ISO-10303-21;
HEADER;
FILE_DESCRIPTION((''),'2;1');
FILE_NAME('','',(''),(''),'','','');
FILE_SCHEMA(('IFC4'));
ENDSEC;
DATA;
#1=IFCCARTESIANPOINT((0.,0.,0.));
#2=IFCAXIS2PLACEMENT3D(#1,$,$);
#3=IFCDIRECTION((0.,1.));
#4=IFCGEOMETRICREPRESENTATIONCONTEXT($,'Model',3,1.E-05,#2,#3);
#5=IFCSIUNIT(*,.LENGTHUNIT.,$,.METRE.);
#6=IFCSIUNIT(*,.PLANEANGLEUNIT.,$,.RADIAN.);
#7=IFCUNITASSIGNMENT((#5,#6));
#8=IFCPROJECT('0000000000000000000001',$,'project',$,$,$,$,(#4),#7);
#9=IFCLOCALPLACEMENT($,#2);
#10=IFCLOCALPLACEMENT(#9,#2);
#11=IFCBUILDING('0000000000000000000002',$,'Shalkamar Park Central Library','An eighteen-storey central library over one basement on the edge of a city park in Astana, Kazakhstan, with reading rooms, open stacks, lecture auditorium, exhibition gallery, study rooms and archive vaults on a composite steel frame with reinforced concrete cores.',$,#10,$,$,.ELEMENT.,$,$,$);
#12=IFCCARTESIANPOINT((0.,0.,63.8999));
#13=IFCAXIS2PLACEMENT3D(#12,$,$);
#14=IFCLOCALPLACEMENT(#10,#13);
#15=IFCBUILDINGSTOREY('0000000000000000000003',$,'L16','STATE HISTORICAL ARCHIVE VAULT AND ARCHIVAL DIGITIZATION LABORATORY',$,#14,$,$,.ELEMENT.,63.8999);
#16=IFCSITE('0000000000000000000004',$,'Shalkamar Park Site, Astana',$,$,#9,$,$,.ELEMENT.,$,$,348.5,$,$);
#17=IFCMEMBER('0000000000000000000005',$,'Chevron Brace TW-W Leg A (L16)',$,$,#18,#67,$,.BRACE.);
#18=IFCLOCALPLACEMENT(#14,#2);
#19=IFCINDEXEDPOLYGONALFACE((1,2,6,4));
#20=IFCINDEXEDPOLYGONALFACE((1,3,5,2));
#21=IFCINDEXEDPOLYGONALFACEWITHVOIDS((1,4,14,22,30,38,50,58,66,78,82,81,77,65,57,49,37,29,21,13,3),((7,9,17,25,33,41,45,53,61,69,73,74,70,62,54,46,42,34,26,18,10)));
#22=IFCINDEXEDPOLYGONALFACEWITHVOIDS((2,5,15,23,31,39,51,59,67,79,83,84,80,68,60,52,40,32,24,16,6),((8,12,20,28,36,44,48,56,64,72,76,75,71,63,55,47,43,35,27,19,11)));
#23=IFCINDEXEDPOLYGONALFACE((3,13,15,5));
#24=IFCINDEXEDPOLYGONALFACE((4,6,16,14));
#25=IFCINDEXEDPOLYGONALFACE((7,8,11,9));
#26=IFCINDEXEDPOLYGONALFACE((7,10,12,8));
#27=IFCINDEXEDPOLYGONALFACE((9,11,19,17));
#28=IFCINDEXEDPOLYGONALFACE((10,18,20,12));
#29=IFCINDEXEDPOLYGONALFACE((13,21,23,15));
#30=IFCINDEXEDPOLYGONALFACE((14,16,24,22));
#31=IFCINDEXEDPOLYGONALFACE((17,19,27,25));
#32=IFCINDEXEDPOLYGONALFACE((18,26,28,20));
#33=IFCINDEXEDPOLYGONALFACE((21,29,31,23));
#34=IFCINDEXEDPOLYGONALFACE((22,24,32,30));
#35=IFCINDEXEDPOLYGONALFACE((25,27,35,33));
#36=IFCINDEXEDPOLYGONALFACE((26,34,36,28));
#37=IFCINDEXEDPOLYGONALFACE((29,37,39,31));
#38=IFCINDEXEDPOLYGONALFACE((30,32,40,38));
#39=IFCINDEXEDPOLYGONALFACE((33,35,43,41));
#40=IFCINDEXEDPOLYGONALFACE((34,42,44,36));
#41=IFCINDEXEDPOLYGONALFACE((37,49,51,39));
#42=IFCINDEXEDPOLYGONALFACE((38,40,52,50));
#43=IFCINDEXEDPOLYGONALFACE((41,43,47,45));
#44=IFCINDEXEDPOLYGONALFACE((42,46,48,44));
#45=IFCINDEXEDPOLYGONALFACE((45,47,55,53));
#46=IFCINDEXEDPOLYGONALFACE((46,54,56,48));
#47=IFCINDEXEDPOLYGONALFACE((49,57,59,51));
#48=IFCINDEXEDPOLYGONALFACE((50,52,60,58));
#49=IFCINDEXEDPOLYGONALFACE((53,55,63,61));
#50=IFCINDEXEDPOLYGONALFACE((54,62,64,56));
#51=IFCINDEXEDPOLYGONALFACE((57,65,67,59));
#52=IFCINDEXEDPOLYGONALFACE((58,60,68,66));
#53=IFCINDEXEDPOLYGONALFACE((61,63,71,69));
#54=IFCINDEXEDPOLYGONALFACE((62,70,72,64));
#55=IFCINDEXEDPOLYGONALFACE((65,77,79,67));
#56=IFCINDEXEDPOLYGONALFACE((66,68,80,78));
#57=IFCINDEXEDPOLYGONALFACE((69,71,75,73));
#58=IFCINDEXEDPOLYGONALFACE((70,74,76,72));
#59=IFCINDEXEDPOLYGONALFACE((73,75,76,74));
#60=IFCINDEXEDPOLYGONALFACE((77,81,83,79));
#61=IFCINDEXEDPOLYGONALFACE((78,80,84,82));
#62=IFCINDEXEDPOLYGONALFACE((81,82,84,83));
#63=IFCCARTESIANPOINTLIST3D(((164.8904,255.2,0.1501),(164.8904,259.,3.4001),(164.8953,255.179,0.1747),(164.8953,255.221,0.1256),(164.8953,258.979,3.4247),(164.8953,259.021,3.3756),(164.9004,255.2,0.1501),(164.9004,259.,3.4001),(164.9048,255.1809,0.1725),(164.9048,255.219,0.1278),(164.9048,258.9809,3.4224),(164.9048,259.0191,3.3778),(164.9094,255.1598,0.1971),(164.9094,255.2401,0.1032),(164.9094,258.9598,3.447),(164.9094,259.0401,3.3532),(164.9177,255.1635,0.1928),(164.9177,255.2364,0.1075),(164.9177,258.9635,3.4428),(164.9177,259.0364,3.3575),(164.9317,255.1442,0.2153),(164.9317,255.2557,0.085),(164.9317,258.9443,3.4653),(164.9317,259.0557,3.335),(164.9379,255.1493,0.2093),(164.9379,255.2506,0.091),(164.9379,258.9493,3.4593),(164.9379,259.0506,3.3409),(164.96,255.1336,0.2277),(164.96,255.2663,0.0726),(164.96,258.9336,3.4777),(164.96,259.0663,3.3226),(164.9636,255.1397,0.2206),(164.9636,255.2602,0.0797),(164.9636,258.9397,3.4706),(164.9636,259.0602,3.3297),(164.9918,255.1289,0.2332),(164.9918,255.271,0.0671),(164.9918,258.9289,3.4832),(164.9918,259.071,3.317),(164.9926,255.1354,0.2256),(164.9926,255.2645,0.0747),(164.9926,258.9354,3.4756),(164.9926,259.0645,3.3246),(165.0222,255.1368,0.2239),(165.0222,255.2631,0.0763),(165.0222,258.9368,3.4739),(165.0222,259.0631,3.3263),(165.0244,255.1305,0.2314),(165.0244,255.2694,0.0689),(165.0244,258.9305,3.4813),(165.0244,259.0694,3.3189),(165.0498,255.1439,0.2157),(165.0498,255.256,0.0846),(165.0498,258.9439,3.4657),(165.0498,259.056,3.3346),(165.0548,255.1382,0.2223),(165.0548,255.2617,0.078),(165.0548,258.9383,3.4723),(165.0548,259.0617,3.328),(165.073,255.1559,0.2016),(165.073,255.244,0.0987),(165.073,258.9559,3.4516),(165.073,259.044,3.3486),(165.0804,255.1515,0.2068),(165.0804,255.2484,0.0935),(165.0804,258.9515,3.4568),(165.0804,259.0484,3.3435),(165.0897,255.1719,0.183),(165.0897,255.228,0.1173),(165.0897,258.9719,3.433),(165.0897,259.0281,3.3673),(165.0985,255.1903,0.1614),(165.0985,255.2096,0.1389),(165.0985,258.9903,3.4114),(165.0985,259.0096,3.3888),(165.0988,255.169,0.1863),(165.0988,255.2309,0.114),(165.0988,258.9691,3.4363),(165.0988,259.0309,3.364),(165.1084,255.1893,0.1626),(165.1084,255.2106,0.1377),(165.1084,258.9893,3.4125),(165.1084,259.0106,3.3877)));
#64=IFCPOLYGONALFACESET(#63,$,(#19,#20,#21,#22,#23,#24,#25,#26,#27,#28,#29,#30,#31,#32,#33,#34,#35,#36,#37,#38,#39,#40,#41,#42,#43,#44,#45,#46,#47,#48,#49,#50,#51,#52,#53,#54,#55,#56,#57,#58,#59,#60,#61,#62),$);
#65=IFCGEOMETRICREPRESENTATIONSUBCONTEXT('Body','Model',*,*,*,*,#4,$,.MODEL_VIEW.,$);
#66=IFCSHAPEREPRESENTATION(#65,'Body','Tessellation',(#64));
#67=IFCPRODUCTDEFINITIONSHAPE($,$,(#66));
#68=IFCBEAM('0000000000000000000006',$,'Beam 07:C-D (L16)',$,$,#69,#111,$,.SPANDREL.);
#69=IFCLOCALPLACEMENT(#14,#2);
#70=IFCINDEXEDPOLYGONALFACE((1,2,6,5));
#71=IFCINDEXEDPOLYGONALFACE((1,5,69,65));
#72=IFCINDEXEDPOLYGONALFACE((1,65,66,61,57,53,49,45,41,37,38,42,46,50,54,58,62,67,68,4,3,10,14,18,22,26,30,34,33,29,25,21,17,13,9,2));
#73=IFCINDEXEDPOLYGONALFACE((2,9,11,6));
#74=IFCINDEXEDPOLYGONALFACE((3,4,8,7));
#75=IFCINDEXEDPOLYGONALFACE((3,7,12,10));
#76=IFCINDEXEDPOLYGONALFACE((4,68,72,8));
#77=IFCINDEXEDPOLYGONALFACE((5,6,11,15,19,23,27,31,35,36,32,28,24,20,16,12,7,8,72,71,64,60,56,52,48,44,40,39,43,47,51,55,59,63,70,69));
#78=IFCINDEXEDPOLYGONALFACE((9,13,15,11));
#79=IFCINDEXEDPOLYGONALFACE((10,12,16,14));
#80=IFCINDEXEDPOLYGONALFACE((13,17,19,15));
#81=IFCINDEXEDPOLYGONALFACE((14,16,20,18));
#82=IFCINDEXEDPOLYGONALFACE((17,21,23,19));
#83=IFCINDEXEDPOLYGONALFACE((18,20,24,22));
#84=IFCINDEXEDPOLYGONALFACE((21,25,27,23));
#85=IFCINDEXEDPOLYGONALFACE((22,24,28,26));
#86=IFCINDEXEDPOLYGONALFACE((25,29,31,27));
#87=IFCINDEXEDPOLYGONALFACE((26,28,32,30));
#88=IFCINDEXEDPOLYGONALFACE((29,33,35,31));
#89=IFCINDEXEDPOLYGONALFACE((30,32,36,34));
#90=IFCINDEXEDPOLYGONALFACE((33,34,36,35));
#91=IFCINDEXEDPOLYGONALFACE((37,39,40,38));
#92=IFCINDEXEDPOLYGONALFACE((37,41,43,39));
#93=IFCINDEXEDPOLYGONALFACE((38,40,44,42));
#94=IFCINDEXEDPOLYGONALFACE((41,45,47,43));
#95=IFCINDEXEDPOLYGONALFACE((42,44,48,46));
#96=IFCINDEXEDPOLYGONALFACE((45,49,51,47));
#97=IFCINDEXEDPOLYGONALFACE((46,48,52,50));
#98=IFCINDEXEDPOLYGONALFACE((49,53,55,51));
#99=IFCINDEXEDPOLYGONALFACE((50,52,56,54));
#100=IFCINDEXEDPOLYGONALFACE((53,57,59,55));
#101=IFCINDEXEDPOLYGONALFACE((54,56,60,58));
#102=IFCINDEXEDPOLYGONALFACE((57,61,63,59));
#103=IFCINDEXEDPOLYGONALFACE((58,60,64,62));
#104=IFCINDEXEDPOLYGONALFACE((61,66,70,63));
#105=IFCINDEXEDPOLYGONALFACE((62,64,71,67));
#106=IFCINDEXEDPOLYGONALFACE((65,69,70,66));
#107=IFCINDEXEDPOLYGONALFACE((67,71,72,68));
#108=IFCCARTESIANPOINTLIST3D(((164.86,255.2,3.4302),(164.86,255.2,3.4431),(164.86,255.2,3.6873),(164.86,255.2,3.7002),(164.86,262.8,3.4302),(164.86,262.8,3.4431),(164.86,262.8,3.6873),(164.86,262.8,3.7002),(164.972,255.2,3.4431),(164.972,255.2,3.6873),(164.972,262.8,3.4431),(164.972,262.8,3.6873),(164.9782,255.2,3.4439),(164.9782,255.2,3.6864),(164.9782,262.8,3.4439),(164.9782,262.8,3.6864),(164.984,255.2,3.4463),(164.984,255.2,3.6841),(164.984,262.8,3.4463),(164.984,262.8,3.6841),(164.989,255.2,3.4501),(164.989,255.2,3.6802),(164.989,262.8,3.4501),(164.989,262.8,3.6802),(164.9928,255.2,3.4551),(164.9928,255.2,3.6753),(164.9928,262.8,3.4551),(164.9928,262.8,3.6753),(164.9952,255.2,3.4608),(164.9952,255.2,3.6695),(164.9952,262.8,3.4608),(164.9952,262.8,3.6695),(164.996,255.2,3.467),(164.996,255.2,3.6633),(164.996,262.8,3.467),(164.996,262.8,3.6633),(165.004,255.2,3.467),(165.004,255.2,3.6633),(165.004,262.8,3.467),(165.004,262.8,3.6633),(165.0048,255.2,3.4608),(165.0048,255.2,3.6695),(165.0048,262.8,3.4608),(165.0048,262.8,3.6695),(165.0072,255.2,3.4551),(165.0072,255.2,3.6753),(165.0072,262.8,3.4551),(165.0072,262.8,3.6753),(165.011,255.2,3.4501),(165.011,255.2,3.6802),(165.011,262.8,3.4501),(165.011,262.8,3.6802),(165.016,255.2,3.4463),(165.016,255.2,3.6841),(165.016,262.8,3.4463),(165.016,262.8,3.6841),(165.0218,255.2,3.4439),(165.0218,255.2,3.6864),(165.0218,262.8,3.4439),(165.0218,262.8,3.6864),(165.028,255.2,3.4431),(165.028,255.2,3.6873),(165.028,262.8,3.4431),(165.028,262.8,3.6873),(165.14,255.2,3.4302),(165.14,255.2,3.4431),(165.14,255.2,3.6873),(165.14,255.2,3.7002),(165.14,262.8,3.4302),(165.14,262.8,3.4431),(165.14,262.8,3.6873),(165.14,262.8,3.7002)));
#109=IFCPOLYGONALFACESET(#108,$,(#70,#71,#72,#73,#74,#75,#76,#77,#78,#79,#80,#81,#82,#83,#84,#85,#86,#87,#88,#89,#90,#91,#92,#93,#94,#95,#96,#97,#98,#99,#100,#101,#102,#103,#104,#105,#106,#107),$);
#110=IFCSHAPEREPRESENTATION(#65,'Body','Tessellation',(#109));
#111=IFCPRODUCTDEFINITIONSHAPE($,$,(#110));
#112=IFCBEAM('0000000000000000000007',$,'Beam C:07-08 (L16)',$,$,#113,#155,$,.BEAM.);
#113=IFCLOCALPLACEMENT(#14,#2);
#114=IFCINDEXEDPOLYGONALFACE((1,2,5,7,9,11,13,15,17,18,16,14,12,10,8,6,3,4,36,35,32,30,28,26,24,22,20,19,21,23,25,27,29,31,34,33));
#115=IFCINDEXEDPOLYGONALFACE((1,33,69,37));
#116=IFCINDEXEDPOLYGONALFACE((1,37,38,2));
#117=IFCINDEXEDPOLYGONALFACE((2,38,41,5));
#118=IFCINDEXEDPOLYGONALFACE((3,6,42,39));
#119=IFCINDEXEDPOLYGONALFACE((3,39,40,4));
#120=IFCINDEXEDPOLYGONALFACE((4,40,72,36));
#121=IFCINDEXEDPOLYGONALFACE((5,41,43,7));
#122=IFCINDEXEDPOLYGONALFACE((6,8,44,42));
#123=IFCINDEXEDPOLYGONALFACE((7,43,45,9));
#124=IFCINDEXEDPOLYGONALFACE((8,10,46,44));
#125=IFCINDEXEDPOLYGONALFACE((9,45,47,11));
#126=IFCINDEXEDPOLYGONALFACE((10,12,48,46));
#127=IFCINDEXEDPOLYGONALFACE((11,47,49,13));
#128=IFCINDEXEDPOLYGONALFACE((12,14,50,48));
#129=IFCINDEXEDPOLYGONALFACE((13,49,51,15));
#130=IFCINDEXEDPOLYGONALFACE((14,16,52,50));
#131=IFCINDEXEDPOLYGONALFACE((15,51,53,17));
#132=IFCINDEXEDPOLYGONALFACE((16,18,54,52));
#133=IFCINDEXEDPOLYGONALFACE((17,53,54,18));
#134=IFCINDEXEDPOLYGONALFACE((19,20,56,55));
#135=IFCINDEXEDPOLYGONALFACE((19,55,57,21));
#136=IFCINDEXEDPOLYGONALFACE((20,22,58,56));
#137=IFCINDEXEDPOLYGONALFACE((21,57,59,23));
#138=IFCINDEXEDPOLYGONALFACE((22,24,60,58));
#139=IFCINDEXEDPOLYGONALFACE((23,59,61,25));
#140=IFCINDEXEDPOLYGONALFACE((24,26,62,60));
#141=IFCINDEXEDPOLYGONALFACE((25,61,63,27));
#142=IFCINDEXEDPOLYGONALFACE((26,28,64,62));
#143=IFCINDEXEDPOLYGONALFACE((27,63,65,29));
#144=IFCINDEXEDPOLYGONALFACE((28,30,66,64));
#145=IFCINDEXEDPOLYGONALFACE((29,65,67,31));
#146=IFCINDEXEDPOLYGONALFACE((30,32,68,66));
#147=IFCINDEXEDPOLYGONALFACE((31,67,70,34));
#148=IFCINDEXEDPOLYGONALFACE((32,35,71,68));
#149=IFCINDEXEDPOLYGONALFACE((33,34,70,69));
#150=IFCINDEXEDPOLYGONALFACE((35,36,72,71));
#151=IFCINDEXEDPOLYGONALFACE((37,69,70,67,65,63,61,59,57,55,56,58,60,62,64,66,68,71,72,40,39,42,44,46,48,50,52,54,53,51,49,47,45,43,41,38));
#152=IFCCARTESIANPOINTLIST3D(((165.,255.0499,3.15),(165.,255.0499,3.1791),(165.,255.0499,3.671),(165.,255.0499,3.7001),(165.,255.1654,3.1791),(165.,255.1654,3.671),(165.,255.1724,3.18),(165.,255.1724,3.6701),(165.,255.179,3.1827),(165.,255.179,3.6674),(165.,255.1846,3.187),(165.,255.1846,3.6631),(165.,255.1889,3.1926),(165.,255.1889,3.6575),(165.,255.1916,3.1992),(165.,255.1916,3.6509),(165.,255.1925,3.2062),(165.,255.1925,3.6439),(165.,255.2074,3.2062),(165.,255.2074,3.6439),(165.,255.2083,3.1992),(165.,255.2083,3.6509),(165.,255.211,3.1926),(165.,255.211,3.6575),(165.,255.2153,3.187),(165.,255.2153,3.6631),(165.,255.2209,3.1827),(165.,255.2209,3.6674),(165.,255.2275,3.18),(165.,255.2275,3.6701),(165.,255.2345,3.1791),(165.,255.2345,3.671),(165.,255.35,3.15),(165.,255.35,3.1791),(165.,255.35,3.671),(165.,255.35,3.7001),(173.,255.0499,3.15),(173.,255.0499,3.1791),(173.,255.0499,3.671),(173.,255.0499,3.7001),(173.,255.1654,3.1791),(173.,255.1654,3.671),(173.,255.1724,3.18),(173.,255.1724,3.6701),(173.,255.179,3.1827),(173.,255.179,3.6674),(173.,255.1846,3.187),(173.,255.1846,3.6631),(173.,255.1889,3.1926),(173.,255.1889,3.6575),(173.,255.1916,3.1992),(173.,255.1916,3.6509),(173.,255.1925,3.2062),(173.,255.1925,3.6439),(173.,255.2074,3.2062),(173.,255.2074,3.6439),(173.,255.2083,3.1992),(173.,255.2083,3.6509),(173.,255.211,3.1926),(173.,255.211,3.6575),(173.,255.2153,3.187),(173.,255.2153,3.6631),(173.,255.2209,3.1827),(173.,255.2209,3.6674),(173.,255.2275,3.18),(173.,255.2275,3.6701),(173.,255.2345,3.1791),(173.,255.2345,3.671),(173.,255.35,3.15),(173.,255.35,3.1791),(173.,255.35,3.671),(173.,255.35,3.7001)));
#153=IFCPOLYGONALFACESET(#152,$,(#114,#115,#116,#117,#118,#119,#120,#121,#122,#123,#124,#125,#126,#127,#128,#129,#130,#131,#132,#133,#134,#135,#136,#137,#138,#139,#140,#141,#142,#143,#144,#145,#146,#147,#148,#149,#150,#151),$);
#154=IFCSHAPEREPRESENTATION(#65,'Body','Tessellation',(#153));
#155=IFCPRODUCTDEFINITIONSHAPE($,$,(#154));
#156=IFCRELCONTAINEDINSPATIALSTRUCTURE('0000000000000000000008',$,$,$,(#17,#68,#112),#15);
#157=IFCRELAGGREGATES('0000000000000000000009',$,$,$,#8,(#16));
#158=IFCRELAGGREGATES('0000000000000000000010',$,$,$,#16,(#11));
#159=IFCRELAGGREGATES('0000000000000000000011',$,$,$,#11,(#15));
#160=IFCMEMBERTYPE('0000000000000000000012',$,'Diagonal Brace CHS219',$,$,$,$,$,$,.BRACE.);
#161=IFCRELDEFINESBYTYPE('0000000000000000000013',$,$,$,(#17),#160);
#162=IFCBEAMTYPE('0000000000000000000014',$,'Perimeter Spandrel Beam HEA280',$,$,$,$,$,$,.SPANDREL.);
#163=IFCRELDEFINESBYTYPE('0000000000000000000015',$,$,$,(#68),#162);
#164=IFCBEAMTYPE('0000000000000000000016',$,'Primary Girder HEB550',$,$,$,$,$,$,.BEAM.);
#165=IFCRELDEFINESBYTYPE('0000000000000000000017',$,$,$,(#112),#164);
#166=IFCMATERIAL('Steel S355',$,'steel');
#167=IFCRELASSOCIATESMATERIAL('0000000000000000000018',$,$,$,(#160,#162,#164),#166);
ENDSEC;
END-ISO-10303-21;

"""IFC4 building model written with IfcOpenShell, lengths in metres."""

from ifc_helpers import new_model, si_unit, direction, frame, origin, origin_2d, place, context, subcontext, project, spatial, hollow_circle, i_section, extrude, material, material_profile, profile_set, type_object, element, save


model = new_model("IFC4")

# Units and contexts
model_context = context("Model", 3, precision=1e-05, world=origin(), true_north=direction((0.0, 1.0)))
body_context = subcontext(model_context, "Body", "Model", "MODEL_VIEW")
ifc_project = project(units=[si_unit("LENGTHUNIT", "METRE"), si_unit("PLANEANGLEUNIT", "RADIAN")], contexts=[model_context])

# Site, building, storey
site_placement = place(None, origin())
site = spatial("IfcSite", under=ifc_project, at=site_placement, Name="Shalkamar Park Site, Astana", CompositionType="ELEMENT", RefElevation=348.5)
building_placement = place(site_placement, origin())
building = spatial("IfcBuilding", under=site, at=building_placement, Name="Shalkamar Park Central Library", Description="An eighteen-storey central library over one basement on the edge of a city park in Astana, Kazakhstan, with reading rooms, open stacks, lecture auditorium, exhibition gallery, study rooms and archive vaults on a composite steel frame with reinforced concrete cores.", CompositionType="ELEMENT")
storey_placement = place(building_placement, frame((0.0, 0.0, 63.8999)))
storey = spatial("IfcBuildingStorey", under=building, at=storey_placement, Name="L16", Description="STATE HISTORICAL ARCHIVE VAULT AND ARCHIVAL DIGITIZATION LABORATORY", CompositionType="ELEMENT", Elevation=63.8999)

# Shared definitions
ifc_material_1 = material(Name="Steel S355", Category="steel")

# Member
ifc_material_profile_1 = material_profile(ifc_material_1, hollow_circle(Radius=0.1096, WallThickness=0.01, at=origin_2d()), Name="CHS 219.1x10")
ifc_profile_set_1 = profile_set([ifc_material_profile_1], Name="Steel S355")
member_type = type_object("IfcMemberType", Name="Diagonal Brace CHS219", PredefinedType="BRACE", material=ifc_profile_set_1)
member_placement = place(storey_placement, frame((165.0, 255.2, 0.1501), z_axis=(0.0, 0.759966, 0.649963), x_axis=(-1.0, 0.0, 0.0)))
element("IfcMember", 1, at=member_placement, inside=storey, type_object=member_type, Name="Chevron Brace TW-W Leg A (L16)", PredefinedType="BRACE", context=body_context, shape_type="SweptSolid", body=[
    extrude(hollow_circle(Radius=0.1096, WallThickness=0.01, at=origin_2d()), origin(), (0.0, 0.0, 1.0), 5.0002),
])

# Beams
ifc_material_profile_2 = material_profile(ifc_material_1, i_section(OverallWidth=0.28, OverallDepth=0.27, WebThickness=0.0081, FlangeThickness=0.0129, FilletRadius=0.0239, at=origin_2d()), Name="HEA 280")
ifc_profile_set_2 = profile_set([ifc_material_profile_2], Name="Steel S355")
beam_type_1 = type_object("IfcBeamType", Name="Perimeter Spandrel Beam HEA280", PredefinedType="SPANDREL", material=ifc_profile_set_2)
beam_1_placement = place(storey_placement, frame((165.0, 255.2, 3.5652), z_axis=(0.0, 1.0, 0.0), x_axis=(-1.0, 0.0, 0.0)))
element("IfcBeam", 2, at=beam_1_placement, inside=storey, type_object=beam_type_1, Name="Beam 07:C-D (L16)", PredefinedType="SPANDREL", context=body_context, shape_type="SweptSolid", body=[
    extrude(i_section(OverallWidth=0.28, OverallDepth=0.27, WebThickness=0.0081, FlangeThickness=0.0129, FilletRadius=0.0239, at=origin_2d()), origin(), (0.0, 0.0, 1.0), 7.6001),
])
ifc_material_profile_3 = material_profile(ifc_material_1, i_section(OverallWidth=0.3, OverallDepth=0.55, WebThickness=0.0149, FlangeThickness=0.0291, FilletRadius=0.0271, at=origin_2d()), Name="HEB 550")
ifc_profile_set_3 = profile_set([ifc_material_profile_3], Name="Steel S355")
beam_type_2 = type_object("IfcBeamType", Name="Primary Girder HEB550", PredefinedType="BEAM", material=ifc_profile_set_3)
beam_2_placement = place(storey_placement, frame((165.0, 255.2, 3.425), z_axis=(1.0, 0.0, 0.0), x_axis=(0.0, 1.0, 0.0)))
element("IfcBeam", 3, at=beam_2_placement, inside=storey, type_object=beam_type_2, Name="Beam C:07-08 (L16)", PredefinedType="BEAM", context=body_context, shape_type="SweptSolid", body=[
    extrude(i_section(OverallWidth=0.3, OverallDepth=0.55, WebThickness=0.0149, FlangeThickness=0.0291, FilletRadius=0.0271, at=origin_2d()), origin(), (0.0, 0.0, 1.0), 8.0),
])

save(model, "model.ifc")
